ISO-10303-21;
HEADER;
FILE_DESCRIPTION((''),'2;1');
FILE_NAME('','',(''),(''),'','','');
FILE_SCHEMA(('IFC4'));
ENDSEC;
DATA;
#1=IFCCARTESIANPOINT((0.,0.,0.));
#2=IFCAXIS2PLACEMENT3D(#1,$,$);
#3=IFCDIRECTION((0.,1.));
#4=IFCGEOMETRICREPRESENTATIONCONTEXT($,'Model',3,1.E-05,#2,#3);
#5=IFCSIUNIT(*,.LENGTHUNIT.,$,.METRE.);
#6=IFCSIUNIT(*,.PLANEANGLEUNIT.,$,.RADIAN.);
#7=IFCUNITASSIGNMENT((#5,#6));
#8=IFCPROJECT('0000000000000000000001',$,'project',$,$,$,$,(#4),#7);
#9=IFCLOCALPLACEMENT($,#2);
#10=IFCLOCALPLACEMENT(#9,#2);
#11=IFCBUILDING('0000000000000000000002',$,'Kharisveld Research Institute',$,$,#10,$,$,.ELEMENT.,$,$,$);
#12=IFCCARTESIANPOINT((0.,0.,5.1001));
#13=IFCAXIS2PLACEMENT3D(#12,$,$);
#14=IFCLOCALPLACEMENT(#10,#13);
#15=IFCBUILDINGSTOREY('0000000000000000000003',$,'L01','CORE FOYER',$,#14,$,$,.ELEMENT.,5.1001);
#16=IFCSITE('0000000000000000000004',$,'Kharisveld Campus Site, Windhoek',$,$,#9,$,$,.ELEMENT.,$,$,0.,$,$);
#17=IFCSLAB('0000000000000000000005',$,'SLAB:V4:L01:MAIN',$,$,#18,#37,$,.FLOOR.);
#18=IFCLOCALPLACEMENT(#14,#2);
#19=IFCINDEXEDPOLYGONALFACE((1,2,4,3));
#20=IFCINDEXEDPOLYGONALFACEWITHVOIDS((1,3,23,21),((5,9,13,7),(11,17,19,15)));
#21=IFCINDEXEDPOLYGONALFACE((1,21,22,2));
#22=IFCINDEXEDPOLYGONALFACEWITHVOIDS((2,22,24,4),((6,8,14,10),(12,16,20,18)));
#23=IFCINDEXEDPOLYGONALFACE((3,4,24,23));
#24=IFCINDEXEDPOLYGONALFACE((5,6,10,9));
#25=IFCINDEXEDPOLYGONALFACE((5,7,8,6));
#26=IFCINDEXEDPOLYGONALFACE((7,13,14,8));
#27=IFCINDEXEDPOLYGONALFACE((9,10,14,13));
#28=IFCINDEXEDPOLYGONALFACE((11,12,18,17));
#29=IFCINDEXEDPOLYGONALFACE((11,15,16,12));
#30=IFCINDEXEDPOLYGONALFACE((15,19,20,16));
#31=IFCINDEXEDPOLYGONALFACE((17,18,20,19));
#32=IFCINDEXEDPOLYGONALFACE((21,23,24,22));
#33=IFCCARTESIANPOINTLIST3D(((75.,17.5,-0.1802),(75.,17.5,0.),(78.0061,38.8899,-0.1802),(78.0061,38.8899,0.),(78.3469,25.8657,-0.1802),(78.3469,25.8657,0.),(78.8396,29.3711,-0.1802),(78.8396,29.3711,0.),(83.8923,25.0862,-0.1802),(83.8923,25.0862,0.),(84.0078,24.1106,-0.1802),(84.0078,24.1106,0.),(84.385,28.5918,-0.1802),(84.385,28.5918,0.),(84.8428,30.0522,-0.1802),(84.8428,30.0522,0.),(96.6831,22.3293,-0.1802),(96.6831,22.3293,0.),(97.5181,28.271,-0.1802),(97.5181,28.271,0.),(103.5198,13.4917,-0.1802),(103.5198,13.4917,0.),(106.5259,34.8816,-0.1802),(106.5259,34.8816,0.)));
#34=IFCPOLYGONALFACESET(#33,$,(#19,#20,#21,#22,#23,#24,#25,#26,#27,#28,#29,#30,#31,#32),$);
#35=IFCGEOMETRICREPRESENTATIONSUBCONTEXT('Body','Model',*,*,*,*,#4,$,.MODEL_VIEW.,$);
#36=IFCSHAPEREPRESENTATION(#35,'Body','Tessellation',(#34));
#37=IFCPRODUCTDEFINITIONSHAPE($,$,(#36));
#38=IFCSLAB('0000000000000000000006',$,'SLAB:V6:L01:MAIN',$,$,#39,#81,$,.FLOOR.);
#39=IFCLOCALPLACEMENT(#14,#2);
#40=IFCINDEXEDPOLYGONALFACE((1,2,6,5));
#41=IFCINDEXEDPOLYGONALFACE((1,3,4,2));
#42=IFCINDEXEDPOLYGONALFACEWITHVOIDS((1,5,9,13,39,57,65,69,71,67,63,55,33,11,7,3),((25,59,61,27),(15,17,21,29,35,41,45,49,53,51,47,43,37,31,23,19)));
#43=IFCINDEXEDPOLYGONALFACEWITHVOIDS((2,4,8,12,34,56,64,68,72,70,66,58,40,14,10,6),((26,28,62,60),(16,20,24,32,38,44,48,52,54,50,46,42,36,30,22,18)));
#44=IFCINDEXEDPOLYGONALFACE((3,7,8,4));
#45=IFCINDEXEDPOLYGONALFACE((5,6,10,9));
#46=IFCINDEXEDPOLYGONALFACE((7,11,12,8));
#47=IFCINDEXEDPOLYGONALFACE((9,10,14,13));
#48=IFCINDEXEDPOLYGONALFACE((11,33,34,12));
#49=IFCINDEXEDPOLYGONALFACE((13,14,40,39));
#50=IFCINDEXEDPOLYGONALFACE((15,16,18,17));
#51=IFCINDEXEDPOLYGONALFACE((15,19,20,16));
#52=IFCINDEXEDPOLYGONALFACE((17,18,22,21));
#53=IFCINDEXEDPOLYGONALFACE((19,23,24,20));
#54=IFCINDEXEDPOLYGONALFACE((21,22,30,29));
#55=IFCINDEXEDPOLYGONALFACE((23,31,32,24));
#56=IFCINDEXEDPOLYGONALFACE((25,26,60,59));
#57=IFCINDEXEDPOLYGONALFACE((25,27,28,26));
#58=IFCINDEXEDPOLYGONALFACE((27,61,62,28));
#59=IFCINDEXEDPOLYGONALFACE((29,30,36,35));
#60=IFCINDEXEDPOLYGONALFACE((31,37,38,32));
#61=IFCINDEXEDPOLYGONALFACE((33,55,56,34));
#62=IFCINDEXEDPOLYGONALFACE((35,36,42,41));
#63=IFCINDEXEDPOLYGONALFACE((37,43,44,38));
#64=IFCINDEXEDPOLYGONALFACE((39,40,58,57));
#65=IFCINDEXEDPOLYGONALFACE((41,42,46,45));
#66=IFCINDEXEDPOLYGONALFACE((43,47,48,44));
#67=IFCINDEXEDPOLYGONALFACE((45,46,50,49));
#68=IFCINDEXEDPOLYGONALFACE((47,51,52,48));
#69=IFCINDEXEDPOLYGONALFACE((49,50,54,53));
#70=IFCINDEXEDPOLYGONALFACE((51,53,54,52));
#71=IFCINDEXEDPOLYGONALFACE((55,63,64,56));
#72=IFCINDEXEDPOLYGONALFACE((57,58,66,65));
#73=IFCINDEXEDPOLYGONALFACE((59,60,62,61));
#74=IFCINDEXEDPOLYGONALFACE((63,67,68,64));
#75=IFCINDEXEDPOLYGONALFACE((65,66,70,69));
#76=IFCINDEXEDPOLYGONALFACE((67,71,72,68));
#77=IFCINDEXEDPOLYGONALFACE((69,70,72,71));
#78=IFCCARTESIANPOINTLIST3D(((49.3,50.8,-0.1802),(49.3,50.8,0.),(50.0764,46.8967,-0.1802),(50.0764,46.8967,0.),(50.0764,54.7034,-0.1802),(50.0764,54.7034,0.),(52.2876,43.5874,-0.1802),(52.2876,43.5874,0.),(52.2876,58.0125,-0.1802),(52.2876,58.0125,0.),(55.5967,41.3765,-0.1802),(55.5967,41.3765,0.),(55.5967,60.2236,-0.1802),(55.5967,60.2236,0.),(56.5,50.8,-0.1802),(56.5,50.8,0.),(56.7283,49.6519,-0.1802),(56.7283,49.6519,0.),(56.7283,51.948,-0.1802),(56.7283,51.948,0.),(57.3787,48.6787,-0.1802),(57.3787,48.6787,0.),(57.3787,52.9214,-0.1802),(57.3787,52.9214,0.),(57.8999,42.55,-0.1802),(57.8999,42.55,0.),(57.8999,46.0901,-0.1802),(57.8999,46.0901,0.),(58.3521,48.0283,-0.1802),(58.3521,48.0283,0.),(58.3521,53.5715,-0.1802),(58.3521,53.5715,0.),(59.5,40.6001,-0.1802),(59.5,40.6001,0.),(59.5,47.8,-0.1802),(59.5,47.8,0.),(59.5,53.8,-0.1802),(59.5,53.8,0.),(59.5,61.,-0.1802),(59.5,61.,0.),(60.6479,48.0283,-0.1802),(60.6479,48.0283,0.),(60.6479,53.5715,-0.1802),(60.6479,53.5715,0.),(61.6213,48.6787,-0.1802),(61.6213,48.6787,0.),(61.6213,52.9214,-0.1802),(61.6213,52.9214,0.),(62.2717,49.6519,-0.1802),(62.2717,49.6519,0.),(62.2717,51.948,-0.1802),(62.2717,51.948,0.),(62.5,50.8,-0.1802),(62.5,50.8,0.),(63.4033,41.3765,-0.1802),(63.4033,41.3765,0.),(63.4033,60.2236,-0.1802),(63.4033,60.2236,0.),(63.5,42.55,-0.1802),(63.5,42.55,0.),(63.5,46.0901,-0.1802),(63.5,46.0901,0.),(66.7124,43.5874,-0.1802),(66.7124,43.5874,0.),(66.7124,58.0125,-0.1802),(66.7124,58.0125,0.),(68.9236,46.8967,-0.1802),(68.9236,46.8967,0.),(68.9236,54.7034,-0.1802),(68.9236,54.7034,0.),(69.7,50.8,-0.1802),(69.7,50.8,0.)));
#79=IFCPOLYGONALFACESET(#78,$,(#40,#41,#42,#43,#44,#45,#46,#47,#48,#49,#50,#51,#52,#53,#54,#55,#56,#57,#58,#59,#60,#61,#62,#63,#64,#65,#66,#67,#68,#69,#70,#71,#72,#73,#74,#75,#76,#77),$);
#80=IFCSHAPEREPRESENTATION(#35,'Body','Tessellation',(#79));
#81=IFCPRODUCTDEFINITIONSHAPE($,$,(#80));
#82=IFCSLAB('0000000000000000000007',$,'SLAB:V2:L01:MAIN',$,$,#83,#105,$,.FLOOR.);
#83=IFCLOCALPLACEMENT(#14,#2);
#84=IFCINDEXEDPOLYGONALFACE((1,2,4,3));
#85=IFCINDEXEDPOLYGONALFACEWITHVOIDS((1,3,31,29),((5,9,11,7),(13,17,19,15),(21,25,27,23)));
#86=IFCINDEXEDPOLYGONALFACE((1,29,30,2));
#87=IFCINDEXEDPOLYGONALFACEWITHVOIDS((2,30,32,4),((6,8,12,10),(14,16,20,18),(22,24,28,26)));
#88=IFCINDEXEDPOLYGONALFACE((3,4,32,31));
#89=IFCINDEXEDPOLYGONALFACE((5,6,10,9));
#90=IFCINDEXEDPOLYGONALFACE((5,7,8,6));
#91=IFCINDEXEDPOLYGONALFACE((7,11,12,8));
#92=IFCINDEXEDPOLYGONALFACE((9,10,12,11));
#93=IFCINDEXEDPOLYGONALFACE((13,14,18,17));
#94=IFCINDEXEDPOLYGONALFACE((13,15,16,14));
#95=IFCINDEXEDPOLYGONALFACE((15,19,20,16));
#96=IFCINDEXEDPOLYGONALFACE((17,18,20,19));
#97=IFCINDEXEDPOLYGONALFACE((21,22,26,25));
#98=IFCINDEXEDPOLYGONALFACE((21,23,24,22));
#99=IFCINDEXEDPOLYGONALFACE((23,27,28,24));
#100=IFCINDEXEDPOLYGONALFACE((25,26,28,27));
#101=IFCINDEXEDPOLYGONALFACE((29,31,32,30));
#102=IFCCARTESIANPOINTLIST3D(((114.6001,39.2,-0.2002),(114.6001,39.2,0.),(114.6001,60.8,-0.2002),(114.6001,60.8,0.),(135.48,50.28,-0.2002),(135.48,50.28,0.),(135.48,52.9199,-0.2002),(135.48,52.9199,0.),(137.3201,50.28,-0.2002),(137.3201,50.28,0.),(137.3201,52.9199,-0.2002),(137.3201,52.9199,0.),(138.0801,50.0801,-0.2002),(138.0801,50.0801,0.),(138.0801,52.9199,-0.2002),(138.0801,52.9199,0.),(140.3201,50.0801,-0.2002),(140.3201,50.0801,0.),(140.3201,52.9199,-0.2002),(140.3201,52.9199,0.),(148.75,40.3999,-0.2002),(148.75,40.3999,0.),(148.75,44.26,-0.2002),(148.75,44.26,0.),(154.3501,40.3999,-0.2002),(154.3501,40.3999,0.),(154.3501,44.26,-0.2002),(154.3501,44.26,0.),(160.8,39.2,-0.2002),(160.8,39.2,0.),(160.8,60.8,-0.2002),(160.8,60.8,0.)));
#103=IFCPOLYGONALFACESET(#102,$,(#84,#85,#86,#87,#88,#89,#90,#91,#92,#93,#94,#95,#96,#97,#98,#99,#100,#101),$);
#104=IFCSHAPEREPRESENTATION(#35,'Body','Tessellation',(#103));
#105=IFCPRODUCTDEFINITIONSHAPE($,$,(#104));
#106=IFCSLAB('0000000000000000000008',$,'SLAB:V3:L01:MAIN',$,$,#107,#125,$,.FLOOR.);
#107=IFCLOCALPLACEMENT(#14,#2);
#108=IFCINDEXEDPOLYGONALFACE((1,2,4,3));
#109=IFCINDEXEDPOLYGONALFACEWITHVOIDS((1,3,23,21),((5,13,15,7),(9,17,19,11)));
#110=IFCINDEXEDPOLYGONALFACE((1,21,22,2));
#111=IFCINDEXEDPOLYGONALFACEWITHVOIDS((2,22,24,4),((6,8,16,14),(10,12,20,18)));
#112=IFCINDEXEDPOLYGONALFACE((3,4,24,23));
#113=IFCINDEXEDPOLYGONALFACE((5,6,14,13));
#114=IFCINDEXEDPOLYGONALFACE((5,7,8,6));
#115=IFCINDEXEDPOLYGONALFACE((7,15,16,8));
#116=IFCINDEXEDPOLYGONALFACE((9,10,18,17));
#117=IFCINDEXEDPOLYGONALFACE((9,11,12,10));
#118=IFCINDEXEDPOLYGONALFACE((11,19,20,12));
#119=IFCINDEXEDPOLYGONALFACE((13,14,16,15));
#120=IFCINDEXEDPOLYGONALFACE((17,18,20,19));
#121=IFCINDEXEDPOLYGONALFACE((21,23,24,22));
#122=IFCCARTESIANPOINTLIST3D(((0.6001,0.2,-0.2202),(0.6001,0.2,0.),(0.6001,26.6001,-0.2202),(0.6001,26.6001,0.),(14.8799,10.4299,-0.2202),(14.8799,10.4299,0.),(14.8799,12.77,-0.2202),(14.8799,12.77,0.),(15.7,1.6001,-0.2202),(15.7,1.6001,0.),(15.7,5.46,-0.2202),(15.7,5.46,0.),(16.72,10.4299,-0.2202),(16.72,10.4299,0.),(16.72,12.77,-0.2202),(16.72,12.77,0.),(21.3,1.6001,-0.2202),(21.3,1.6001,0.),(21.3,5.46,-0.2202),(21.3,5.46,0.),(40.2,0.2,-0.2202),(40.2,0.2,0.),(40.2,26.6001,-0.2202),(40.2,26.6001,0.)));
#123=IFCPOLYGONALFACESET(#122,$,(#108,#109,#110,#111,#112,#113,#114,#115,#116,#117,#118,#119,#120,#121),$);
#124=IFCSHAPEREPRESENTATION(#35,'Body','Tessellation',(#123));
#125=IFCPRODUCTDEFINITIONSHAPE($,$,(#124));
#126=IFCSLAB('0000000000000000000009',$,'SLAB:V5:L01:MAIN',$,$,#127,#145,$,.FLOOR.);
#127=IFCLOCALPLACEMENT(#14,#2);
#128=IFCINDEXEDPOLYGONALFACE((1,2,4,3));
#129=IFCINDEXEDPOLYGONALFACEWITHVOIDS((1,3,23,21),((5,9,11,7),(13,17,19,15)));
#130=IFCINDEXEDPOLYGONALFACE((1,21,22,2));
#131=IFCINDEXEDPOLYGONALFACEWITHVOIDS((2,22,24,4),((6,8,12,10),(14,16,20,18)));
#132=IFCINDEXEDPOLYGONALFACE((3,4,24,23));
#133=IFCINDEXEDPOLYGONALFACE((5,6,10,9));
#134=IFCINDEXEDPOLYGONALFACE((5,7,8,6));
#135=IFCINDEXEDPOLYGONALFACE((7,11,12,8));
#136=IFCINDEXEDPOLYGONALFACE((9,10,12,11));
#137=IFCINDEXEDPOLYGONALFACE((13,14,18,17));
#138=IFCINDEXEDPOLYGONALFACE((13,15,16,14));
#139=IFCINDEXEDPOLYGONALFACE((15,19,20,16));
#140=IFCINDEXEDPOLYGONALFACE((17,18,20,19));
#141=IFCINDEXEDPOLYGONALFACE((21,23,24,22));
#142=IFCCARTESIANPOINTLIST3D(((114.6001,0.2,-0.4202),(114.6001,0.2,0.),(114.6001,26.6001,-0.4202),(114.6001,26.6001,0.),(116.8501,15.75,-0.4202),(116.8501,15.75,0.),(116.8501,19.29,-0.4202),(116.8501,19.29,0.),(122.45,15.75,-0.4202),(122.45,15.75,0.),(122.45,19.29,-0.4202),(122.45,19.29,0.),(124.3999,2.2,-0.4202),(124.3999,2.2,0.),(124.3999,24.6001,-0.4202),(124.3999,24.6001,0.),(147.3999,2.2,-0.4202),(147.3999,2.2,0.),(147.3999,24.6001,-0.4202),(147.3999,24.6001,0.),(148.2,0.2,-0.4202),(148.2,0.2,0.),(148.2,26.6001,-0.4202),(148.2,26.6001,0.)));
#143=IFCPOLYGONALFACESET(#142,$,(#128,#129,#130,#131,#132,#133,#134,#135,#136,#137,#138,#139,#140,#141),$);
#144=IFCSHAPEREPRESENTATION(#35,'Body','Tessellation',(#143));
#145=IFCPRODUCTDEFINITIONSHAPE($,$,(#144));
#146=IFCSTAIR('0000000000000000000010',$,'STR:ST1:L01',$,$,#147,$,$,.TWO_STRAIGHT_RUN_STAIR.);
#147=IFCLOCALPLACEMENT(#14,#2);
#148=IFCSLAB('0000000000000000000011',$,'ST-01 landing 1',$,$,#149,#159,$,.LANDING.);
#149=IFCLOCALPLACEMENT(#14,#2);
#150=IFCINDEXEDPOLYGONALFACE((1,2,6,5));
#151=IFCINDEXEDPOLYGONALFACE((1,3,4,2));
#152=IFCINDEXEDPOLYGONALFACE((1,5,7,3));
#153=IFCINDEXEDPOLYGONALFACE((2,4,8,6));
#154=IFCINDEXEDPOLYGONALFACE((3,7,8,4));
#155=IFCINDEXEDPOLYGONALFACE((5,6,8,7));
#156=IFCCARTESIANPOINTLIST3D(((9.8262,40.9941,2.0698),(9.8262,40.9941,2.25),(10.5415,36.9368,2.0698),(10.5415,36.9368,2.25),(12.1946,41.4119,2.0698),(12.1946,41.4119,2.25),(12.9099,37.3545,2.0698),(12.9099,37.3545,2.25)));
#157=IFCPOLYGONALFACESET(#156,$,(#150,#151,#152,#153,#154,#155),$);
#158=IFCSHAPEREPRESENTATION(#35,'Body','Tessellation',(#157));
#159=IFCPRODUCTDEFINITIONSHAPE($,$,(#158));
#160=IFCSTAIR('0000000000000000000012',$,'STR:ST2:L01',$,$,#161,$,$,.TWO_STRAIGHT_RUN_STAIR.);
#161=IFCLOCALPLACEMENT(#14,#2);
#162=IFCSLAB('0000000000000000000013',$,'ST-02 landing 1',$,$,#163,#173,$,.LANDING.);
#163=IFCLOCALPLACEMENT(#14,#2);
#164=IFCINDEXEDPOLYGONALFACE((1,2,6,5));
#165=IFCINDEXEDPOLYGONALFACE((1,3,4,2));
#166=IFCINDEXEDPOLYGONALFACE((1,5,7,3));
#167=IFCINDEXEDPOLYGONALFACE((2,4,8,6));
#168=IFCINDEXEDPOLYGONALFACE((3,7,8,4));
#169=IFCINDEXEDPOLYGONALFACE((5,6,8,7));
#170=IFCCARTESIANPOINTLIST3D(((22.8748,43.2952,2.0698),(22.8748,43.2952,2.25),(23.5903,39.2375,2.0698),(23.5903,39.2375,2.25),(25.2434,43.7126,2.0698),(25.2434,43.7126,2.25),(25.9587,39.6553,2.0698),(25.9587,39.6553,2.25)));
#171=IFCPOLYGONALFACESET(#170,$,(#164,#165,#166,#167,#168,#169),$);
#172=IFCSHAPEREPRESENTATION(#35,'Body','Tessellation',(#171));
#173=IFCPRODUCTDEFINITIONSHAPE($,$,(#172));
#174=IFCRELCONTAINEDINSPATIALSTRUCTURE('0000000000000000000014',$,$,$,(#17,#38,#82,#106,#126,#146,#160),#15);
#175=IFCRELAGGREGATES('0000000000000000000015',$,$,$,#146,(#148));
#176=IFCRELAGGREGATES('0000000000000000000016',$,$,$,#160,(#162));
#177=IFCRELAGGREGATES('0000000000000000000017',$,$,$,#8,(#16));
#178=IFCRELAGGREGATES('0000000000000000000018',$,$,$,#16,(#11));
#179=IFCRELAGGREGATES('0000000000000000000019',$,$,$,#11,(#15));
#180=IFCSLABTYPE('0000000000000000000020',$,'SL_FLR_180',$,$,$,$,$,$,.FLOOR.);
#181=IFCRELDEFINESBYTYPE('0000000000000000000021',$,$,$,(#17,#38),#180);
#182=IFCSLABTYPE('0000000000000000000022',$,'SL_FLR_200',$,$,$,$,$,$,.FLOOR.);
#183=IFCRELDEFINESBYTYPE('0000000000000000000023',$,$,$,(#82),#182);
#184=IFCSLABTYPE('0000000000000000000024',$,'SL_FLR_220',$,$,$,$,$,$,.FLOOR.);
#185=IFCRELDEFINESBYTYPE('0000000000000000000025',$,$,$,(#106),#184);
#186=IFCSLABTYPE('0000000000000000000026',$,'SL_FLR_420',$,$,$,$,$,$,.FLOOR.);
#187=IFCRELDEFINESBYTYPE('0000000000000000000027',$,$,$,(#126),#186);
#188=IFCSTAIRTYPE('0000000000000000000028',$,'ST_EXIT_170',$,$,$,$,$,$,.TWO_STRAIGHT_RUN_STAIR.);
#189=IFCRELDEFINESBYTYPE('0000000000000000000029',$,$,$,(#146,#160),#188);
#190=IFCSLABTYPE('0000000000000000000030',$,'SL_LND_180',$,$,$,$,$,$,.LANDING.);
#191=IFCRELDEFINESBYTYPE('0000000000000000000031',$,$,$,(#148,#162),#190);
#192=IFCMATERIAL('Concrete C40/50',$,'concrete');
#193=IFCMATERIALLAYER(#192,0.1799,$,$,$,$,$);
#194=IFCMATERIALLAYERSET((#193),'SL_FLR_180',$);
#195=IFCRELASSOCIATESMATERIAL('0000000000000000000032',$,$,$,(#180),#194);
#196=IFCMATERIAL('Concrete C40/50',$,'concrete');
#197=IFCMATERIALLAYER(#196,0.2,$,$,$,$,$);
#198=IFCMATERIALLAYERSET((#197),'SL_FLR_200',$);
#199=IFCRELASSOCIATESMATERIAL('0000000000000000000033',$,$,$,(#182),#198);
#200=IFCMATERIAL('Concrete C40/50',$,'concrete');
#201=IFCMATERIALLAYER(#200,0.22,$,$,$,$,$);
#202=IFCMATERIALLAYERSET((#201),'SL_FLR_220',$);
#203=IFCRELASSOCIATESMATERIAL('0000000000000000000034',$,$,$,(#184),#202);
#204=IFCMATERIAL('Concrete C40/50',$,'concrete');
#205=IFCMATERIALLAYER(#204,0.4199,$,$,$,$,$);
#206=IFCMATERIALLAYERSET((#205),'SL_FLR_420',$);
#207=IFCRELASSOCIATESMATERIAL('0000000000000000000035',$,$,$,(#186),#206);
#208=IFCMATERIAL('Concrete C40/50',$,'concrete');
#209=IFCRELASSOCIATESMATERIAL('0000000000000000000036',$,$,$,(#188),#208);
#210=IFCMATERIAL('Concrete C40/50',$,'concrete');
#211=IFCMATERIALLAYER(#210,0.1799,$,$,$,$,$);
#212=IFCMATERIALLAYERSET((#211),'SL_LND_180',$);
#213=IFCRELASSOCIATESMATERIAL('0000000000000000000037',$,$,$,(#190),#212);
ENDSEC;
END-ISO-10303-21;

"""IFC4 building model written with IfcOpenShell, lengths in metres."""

from ifc_helpers import new_model, si_unit, direction, frame, origin, place, context, subcontext, project, spatial, polyline, outline, extrude, material, layer, layer_set, type_object, element, aggregate, save


model = new_model("IFC4")

# Units and contexts
model_context = context("Model", 3, precision=1e-05, world=origin(), true_north=direction((0.0, 1.0)))
body_context = subcontext(model_context, "Body", "Model", "MODEL_VIEW")
ifc_project = project(units=[si_unit("LENGTHUNIT", "METRE"), si_unit("PLANEANGLEUNIT", "RADIAN")], contexts=[model_context])

# Site, building, storey
site_placement = place(None, origin())
site = spatial("IfcSite", under=ifc_project, at=site_placement, Name="Kharisveld Campus Site, Windhoek", CompositionType="ELEMENT", RefElevation=0.0)
building_placement = place(site_placement, origin())
building = spatial("IfcBuilding", under=site, at=building_placement, Name="Kharisveld Research Institute", CompositionType="ELEMENT")
storey_placement = place(building_placement, frame((0.0, 0.0, 5.1001)))
storey = spatial("IfcBuildingStorey", under=building, at=storey_placement, Name="L01", Description="CORE FOYER", CompositionType="ELEMENT", Elevation=5.1001)

# Slabs
ifc_material_1 = material(Name="Concrete C40/50", Category="concrete")
ifc_layer_1 = layer(ifc_material_1, 0.1799)
ifc_layer_set_1 = layer_set([ifc_layer_1], Name="SL_FLR_180")
slab_type_1 = type_object("IfcSlabType", Name="SL_FLR_180", PredefinedType="FLOOR", material=ifc_layer_set_1)
slab_1_placement = place(storey_placement, frame((0.0, 0.0, -0.1802)))
element("IfcSlab", 1, at=slab_1_placement, inside=storey, type_object=slab_type_1, Name="SLAB:V4:L01:MAIN", PredefinedType="FLOOR", context=body_context, shape_type="SweptSolid", body=[
    extrude(outline(polyline([(75.0, 17.5), (103.5198, 13.4917), (106.5259, 34.8816), (78.0061, 38.8899), (75.0, 17.5)]), holes=[polyline([(97.5181, 28.271), (96.6831, 22.3293), (84.0078, 24.1106), (84.8428, 30.0522), (97.5181, 28.271)]), polyline([(84.385, 28.5918), (83.8923, 25.0862), (78.3469, 25.8657), (78.8396, 29.3711), (84.385, 28.5918)])]), origin(), (0.0, 0.0, 1.0), 0.1802),
])
slab_2_placement = place(storey_placement, frame((0.0, 0.0, -0.1802)))
element("IfcSlab", 2, at=slab_2_placement, inside=storey, type_object=slab_type_1, Name="SLAB:V6:L01:MAIN", PredefinedType="FLOOR", context=body_context, shape_type="SweptSolid", body=[
    extrude(outline(polyline([(69.7, 50.8), (68.9236, 54.7034), (66.7124, 58.0125), (63.4033, 60.2236), (59.5, 61.0), (55.5967, 60.2236), (52.2876, 58.0125), (50.0764, 54.7034), (49.3, 50.8), (50.0764, 46.8967), (52.2876, 43.5874), (55.5967, 41.3765), (59.5, 40.6001), (63.4033, 41.3765), (66.7124, 43.5874), (68.9236, 46.8967), (69.7, 50.8)]), holes=[polyline([(62.5, 50.8), (62.2717, 51.948), (61.6213, 52.9214), (60.6479, 53.5715), (59.5, 53.8), (58.3521, 53.5715), (57.3787, 52.9214), (56.7283, 51.948), (56.5, 50.8), (56.7283, 49.6519), (57.3787, 48.6787), (58.3521, 48.0283), (59.5, 47.8), (60.6479, 48.0283), (61.6213, 48.6787), (62.2717, 49.6519), (62.5, 50.8)]), polyline([(57.8999, 42.55), (63.5, 42.55), (63.5, 46.0901), (57.8999, 46.0901), (57.8999, 42.55)])]), origin(), (0.0, 0.0, 1.0), 0.1802),
])
ifc_material_2 = material(Name="Concrete C40/50", Category="concrete")
ifc_layer_2 = layer(ifc_material_2, 0.2)
ifc_layer_set_2 = layer_set([ifc_layer_2], Name="SL_FLR_200")
slab_type_2 = type_object("IfcSlabType", Name="SL_FLR_200", PredefinedType="FLOOR", material=ifc_layer_set_2)
slab_3_placement = place(storey_placement, frame((0.0, 0.0, -0.2002)))
element("IfcSlab", 3, at=slab_3_placement, inside=storey, type_object=slab_type_2, Name="SLAB:V2:L01:MAIN", PredefinedType="FLOOR", context=body_context, shape_type="SweptSolid", body=[
    extrude(outline(polyline([(114.6001, 39.2), (160.8, 39.2), (160.8, 60.8), (114.6001, 60.8), (114.6001, 39.2)]), holes=[polyline([(154.3501, 44.26), (154.3501, 40.3999), (148.75, 40.3999), (148.75, 44.26), (154.3501, 44.26)]), polyline([(140.3201, 50.0801), (138.0801, 50.0801), (138.0801, 52.9199), (140.3201, 52.9199), (140.3201, 50.0801)]), polyline([(137.3201, 50.28), (135.48, 50.28), (135.48, 52.9199), (137.3201, 52.9199), (137.3201, 50.28)])]), origin(), (0.0, 0.0, 1.0), 0.2002),
])
ifc_material_3 = material(Name="Concrete C40/50", Category="concrete")
ifc_layer_3 = layer(ifc_material_3, 0.22)
ifc_layer_set_3 = layer_set([ifc_layer_3], Name="SL_FLR_220")
slab_type_3 = type_object("IfcSlabType", Name="SL_FLR_220", PredefinedType="FLOOR", material=ifc_layer_set_3)
slab_4_placement = place(storey_placement, frame((0.0, 0.0, -0.2202)))
element("IfcSlab", 4, at=slab_4_placement, inside=storey, type_object=slab_type_3, Name="SLAB:V3:L01:MAIN", PredefinedType="FLOOR", context=body_context, shape_type="SweptSolid", body=[
    extrude(outline(polyline([(0.6001, 0.2), (40.2, 0.2), (40.2, 26.6001), (0.6001, 26.6001), (0.6001, 0.2)]), holes=[polyline([(21.3, 5.46), (21.3, 1.6001), (15.7, 1.6001), (15.7, 5.46), (21.3, 5.46)]), polyline([(16.72, 12.77), (16.72, 10.4299), (14.8799, 10.4299), (14.8799, 12.77), (16.72, 12.77)])]), origin(), (0.0, 0.0, 1.0), 0.2202),
])
ifc_material_4 = material(Name="Concrete C40/50", Category="concrete")
ifc_layer_4 = layer(ifc_material_4, 0.4199)
ifc_layer_set_4 = layer_set([ifc_layer_4], Name="SL_FLR_420")
slab_type_4 = type_object("IfcSlabType", Name="SL_FLR_420", PredefinedType="FLOOR", material=ifc_layer_set_4)
slab_5_placement = place(storey_placement, frame((0.0, 0.0, -0.4202)))
element("IfcSlab", 5, at=slab_5_placement, inside=storey, type_object=slab_type_4, Name="SLAB:V5:L01:MAIN", PredefinedType="FLOOR", context=body_context, shape_type="SweptSolid", body=[
    extrude(outline(polyline([(114.6001, 0.2), (148.2, 0.2), (148.2, 26.6001), (114.6001, 26.6001), (114.6001, 0.2)]), holes=[polyline([(147.3999, 24.6001), (147.3999, 2.2), (124.3999, 2.2), (124.3999, 24.6001), (147.3999, 24.6001)]), polyline([(122.45, 19.29), (122.45, 15.75), (116.8501, 15.75), (116.8501, 19.29), (122.45, 19.29)])]), origin(), (0.0, 0.0, 1.0), 0.4202),
])

# Stairs, slabs
ifc_material_5 = material(Name="Concrete C40/50", Category="concrete")
stair_type_1 = type_object("IfcStairType", Name="ST_EXIT_170", PredefinedType="TWO_STRAIGHT_RUN_STAIR", material=ifc_material_5)
stair_1_placement = place(storey_placement, origin())
stair_1 = element("IfcStair", 6, at=stair_1_placement, inside=storey, type_object=stair_type_1, Name="STR:ST1:L01", PredefinedType="TWO_STRAIGHT_RUN_STAIR")
ifc_material_6 = material(Name="Concrete C40/50", Category="concrete")
ifc_layer_5 = layer(ifc_material_6, 0.1799)
ifc_layer_set_5 = layer_set([ifc_layer_5], Name="SL_LND_180")
slab_type_5 = type_object("IfcSlabType", Name="SL_LND_180", PredefinedType="LANDING", material=ifc_layer_set_5)
slab_6_placement = place(storey_placement, frame((0.0, 0.0, 2.0698)))
slab_6 = element("IfcSlab", 7, at=slab_6_placement, type_object=slab_type_5, Name="ST-01 landing 1", PredefinedType="LANDING", context=body_context, shape_type="SweptSolid", body=[
    extrude(outline(polyline([(10.5415, 36.9368), (12.9099, 37.3545), (12.1946, 41.4119), (9.8262, 40.9941), (10.5415, 36.9368)])), origin(), (0.0, 0.0, 1.0), 0.1802),
])
aggregate(stair_1, [slab_6])
stair_2_placement = place(storey_placement, origin())
stair_2 = element("IfcStair", 8, at=stair_2_placement, inside=storey, type_object=stair_type_1, Name="STR:ST2:L01", PredefinedType="TWO_STRAIGHT_RUN_STAIR")
slab_7_placement = place(storey_placement, frame((0.0, 0.0, 2.0698)))
slab_7 = element("IfcSlab", 9, at=slab_7_placement, type_object=slab_type_5, Name="ST-02 landing 1", PredefinedType="LANDING", context=body_context, shape_type="SweptSolid", body=[
    extrude(outline(polyline([(23.5903, 39.2375), (25.9587, 39.6553), (25.2434, 43.7126), (22.8748, 43.2952), (23.5903, 39.2375)])), origin(), (0.0, 0.0, 1.0), 0.1802),
])
aggregate(stair_2, [slab_7])

save(model, "model.ifc")
